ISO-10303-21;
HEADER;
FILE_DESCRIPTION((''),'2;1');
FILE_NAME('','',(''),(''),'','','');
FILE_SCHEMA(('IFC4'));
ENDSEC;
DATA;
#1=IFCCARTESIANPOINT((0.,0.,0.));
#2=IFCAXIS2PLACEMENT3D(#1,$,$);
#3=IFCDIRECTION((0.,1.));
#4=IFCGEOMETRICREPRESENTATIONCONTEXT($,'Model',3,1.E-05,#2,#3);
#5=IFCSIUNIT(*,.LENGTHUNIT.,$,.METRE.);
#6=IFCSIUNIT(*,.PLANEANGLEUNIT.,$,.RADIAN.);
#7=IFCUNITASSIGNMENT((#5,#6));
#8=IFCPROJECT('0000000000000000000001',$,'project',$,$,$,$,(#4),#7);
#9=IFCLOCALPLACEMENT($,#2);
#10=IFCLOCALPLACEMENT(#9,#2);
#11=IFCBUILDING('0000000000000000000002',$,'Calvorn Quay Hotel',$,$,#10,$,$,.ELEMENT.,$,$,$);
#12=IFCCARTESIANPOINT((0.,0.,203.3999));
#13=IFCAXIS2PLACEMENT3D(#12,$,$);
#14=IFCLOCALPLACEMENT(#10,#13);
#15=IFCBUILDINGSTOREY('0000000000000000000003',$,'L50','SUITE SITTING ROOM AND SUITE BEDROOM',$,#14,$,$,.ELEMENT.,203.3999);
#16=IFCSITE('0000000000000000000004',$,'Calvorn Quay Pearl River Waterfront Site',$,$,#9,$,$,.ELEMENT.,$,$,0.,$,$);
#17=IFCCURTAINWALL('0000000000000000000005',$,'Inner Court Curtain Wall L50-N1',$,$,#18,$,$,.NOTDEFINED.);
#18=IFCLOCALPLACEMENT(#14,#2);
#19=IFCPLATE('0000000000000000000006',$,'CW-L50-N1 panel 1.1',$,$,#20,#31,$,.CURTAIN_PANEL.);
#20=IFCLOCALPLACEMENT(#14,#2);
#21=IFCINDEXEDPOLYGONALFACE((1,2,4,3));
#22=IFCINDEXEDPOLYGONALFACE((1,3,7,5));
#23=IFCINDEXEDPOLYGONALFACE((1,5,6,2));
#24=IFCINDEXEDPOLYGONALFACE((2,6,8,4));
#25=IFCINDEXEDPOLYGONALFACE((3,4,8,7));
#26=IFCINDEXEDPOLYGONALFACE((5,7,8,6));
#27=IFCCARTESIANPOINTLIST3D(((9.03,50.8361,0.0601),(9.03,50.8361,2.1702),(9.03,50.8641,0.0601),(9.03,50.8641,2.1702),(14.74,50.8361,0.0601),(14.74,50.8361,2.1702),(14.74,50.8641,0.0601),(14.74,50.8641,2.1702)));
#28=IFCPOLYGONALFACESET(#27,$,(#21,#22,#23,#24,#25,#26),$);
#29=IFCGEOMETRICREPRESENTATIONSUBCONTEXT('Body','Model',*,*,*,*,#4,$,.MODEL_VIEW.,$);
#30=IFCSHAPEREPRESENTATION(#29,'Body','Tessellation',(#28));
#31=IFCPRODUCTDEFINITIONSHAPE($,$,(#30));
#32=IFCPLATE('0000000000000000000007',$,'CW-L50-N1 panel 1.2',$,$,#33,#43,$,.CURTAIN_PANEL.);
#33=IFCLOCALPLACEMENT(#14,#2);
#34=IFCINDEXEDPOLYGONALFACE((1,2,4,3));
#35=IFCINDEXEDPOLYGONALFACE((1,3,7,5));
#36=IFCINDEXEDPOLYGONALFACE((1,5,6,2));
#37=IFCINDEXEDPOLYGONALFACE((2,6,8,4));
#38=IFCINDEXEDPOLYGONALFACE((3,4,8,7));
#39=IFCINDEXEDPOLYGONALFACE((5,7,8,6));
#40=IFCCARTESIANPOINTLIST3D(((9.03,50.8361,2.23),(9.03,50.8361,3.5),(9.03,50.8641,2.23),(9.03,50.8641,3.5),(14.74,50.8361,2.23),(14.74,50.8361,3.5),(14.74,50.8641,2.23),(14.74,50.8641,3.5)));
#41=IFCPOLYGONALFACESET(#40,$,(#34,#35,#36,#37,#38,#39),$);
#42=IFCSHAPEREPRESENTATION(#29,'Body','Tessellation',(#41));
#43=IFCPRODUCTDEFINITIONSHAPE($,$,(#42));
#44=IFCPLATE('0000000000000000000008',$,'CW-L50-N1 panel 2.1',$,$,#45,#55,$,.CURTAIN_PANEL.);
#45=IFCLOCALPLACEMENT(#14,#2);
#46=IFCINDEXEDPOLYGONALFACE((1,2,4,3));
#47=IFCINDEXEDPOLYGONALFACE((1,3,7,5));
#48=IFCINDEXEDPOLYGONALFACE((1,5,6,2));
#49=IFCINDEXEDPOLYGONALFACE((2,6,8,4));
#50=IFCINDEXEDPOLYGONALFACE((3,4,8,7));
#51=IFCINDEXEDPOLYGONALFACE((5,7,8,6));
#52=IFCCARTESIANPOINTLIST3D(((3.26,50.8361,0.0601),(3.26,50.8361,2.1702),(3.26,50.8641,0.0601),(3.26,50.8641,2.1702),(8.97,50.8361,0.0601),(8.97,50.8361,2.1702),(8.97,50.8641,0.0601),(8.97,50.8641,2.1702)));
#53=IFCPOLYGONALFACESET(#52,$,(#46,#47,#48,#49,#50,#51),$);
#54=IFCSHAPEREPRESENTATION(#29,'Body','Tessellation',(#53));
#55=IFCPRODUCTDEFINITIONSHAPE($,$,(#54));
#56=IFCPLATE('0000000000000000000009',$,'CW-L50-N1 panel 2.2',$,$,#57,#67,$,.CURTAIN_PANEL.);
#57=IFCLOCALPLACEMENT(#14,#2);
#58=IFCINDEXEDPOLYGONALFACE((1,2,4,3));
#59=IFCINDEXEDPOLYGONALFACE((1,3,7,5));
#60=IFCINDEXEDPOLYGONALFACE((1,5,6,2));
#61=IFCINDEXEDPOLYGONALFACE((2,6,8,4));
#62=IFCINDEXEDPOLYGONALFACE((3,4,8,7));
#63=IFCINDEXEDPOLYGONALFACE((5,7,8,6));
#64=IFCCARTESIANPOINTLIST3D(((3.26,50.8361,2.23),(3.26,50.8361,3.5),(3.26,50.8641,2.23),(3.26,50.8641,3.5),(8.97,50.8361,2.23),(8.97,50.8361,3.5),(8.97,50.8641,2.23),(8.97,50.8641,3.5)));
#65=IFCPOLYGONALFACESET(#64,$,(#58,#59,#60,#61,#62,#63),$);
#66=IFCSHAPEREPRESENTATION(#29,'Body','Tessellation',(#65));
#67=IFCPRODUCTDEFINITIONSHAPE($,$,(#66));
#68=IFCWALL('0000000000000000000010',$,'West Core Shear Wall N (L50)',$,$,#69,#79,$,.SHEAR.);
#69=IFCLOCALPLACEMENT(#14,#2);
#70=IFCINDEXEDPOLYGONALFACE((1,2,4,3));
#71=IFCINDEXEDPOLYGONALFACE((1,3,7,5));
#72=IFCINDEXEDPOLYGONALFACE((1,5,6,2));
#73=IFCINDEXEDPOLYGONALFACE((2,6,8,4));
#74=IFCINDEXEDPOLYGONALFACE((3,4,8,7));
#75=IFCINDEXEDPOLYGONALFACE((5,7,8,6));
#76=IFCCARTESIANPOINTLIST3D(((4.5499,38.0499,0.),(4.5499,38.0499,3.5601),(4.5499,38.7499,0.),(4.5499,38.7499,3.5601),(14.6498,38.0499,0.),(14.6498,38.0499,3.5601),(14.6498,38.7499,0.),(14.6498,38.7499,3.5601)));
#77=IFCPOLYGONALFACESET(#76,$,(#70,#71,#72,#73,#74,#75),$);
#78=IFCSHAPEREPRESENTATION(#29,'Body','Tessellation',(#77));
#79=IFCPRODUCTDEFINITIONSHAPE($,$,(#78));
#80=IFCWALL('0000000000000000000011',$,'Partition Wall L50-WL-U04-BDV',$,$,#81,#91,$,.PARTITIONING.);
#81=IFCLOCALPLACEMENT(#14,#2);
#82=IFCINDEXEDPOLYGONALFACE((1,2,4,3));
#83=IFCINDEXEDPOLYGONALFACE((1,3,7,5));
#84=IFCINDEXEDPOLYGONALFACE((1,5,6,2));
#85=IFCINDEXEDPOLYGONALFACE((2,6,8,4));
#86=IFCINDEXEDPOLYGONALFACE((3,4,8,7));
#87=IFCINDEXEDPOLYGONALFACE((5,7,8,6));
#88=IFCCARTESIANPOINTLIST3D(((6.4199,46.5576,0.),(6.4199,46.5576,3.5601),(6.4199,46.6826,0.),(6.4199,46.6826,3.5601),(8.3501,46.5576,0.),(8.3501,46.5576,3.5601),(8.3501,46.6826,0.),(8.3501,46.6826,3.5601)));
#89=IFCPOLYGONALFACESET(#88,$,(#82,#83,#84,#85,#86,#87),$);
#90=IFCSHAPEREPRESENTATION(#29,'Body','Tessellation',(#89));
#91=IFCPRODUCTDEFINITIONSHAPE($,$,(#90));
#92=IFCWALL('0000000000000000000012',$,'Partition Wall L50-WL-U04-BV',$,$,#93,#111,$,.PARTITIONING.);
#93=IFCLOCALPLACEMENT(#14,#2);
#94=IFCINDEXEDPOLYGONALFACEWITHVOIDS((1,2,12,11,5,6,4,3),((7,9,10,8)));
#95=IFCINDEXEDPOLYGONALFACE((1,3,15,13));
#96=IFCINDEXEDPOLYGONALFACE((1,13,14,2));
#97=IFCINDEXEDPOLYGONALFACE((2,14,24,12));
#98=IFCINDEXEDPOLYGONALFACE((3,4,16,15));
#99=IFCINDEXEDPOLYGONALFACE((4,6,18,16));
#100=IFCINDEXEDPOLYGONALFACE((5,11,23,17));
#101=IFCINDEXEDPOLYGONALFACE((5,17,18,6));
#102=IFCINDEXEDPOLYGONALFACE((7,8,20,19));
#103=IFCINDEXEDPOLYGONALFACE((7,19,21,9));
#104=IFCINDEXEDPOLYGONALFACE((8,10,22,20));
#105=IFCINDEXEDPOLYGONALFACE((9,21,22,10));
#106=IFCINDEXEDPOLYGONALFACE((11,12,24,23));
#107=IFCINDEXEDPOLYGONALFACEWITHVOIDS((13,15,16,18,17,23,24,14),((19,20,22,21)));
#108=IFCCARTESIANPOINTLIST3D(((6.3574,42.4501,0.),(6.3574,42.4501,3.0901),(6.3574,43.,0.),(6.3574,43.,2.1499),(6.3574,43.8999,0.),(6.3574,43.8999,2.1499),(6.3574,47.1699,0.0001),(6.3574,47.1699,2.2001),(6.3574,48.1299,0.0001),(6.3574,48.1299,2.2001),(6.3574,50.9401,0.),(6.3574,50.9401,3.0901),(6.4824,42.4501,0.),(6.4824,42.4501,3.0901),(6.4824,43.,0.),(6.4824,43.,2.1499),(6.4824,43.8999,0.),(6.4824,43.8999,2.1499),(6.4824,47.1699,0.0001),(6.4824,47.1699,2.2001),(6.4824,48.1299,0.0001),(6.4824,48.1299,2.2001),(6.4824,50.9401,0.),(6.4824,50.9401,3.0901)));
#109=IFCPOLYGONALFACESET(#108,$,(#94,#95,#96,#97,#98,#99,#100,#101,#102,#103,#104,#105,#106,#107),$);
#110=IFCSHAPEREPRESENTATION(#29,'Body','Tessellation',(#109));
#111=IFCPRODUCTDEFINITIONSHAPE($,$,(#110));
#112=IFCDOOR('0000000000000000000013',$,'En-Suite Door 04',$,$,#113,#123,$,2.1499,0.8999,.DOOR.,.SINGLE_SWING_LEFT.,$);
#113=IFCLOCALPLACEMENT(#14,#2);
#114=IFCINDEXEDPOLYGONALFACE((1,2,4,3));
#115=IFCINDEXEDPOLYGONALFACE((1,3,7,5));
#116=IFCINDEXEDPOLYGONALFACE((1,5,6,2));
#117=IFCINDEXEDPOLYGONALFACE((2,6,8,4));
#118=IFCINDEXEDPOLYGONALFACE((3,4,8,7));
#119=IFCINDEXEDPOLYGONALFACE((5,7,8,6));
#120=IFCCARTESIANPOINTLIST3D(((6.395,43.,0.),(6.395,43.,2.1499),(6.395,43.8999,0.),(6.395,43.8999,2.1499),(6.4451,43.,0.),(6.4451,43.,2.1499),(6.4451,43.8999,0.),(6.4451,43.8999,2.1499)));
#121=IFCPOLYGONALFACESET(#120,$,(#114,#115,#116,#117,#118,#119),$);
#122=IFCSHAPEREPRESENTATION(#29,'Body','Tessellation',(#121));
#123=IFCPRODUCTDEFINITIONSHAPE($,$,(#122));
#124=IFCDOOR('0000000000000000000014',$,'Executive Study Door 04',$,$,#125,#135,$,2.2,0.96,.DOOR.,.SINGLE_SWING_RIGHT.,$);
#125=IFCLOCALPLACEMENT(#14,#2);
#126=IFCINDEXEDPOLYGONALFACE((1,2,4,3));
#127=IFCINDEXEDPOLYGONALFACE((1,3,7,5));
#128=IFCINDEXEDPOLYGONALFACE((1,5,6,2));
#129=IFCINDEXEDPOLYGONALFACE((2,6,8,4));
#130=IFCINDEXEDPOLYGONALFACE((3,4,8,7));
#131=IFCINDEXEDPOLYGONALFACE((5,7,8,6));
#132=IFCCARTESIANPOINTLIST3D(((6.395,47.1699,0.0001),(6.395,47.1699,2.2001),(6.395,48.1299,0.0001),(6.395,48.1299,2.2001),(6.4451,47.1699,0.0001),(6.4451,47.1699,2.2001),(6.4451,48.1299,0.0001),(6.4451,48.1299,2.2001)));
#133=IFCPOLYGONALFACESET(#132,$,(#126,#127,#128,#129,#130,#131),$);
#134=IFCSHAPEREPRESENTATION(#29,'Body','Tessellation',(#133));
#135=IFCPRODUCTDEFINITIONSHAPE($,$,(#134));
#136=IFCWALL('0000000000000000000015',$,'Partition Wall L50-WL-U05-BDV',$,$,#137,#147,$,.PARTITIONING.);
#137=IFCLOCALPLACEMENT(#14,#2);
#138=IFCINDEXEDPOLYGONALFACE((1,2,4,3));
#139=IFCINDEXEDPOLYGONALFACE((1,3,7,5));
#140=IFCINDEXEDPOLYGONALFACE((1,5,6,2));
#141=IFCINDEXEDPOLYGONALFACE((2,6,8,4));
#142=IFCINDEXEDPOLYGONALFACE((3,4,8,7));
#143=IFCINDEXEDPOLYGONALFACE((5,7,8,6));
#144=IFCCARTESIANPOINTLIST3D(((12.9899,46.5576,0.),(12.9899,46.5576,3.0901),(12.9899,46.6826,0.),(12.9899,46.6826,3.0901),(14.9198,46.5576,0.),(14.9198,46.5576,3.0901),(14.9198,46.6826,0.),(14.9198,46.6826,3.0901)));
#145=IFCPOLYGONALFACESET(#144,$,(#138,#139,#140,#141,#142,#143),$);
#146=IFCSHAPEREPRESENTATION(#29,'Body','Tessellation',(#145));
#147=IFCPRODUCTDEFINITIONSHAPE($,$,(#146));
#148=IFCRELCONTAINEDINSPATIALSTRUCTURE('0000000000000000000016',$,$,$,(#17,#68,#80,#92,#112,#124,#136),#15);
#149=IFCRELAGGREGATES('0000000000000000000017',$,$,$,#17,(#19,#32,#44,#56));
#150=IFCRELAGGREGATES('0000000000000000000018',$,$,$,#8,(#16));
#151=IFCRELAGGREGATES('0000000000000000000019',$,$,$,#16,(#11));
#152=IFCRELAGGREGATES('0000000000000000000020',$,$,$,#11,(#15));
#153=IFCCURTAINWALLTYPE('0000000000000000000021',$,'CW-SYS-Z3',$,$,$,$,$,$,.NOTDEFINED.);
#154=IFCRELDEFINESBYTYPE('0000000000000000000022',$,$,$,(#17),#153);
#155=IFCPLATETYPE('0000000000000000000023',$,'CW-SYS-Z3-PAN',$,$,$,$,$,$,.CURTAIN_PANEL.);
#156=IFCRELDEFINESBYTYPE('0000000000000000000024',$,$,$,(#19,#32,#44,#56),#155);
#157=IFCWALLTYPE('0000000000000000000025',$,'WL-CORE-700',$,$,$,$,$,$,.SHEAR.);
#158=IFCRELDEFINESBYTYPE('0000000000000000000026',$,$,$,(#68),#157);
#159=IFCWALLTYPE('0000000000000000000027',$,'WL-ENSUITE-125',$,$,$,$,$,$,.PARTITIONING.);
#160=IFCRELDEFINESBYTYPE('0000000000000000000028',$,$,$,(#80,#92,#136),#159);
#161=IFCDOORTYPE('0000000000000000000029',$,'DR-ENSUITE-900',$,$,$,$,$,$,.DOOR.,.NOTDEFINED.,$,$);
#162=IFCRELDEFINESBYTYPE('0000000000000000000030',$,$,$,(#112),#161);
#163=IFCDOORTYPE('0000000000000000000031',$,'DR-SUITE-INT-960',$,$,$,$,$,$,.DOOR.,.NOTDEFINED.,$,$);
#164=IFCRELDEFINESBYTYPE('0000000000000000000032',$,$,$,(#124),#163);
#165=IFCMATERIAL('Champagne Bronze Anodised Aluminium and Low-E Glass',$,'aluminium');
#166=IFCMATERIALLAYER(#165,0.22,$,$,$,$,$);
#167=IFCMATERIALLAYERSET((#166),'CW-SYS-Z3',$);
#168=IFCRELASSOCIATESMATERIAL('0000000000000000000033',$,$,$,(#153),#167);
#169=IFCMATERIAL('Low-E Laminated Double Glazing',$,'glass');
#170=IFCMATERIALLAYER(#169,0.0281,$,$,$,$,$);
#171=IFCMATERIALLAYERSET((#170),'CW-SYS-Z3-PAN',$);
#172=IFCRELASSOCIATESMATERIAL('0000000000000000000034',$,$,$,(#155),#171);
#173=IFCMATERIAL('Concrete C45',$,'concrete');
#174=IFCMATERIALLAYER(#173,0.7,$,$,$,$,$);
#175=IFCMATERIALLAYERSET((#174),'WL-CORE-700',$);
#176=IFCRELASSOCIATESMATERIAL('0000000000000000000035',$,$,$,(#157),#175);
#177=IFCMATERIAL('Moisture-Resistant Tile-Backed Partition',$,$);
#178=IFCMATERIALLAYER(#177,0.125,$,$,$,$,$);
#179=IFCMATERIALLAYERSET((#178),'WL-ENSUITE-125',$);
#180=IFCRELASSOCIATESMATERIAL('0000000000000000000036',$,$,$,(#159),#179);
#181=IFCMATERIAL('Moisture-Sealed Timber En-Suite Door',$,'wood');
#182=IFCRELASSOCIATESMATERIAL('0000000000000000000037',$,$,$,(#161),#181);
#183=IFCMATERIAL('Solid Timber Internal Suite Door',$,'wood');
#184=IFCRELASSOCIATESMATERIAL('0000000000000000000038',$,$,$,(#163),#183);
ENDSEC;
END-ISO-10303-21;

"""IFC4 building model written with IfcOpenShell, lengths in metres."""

from ifc_helpers import new_model, si_unit, direction, frame, frame_2d, origin, origin_2d, place, context, subcontext, project, spatial, rectangle, extrude, material, layer, layer_set, type_object, element, fill, aggregate, save


model = new_model("IFC4")

# Units and contexts
model_context = context("Model", 3, precision=1e-05, world=origin(), true_north=direction((0.0, 1.0)))
body_context = subcontext(model_context, "Body", "Model", "MODEL_VIEW")
ifc_project = project(units=[si_unit("LENGTHUNIT", "METRE"), si_unit("PLANEANGLEUNIT", "RADIAN")], contexts=[model_context])

# Site, building, storey
site_placement = place(None, origin())
site = spatial("IfcSite", under=ifc_project, at=site_placement, Name="Calvorn Quay Pearl River Waterfront Site", CompositionType="ELEMENT", RefElevation=0.0)
building_placement = place(site_placement, origin())
building = spatial("IfcBuilding", under=site, at=building_placement, Name="Calvorn Quay Hotel", CompositionType="ELEMENT")
storey_placement = place(building_placement, frame((0.0, 0.0, 203.3999)))
storey = spatial("IfcBuildingStorey", under=building, at=storey_placement, Name="L50", Description="SUITE SITTING ROOM AND SUITE BEDROOM", CompositionType="ELEMENT", Elevation=203.3999)

# Curtain wall, plates
ifc_material_1 = material(Name="Champagne Bronze Anodised Aluminium and Low-E Glass", Category="aluminium")
ifc_layer_1 = layer(ifc_material_1, 0.22)
ifc_layer_set_1 = layer_set([ifc_layer_1], Name="CW-SYS-Z3")
curtain_wall_type = type_object("IfcCurtainWallType", Name="CW-SYS-Z3", PredefinedType="NOTDEFINED", material=ifc_layer_set_1)
curtain_wall_placement = place(storey_placement, origin())
curtain_wall = element("IfcCurtainWall", 1, at=curtain_wall_placement, inside=storey, type_object=curtain_wall_type, Name="Inner Court Curtain Wall L50-N1", PredefinedType="NOTDEFINED")
ifc_material_2 = material(Name="Low-E Laminated Double Glazing", Category="glass")
ifc_layer_2 = layer(ifc_material_2, 0.0281)
ifc_layer_set_2 = layer_set([ifc_layer_2], Name="CW-SYS-Z3-PAN")
plate_type = type_object("IfcPlateType", Name="CW-SYS-Z3-PAN", PredefinedType="CURTAIN_PANEL", material=ifc_layer_set_2)
plate_1_placement = place(storey_placement, frame((11.885, 50.8501, 0.0601), z_axis=(0.0, 0.0, 1.0), x_axis=(-1.0, 0.0, 0.0)))
plate_1 = element("IfcPlate", 2, at=plate_1_placement, type_object=plate_type, Name="CW-L50-N1 panel 1.1", PredefinedType="CURTAIN_PANEL", context=body_context, shape_type="SweptSolid", body=[
    extrude(rectangle(XDim=5.71, YDim=0.0281, at=origin_2d()), origin(), (0.0, 0.0, 1.0), 2.1101),
])
plate_2_placement = place(storey_placement, frame((11.885, 50.8501, 2.23), z_axis=(0.0, 0.0, 1.0), x_axis=(-1.0, 0.0, 0.0)))
plate_2 = element("IfcPlate", 3, at=plate_2_placement, type_object=plate_type, Name="CW-L50-N1 panel 1.2", PredefinedType="CURTAIN_PANEL", context=body_context, shape_type="SweptSolid", body=[
    extrude(rectangle(XDim=5.71, YDim=0.0281, at=origin_2d()), origin(), (0.0, 0.0, 1.0), 1.27),
])
plate_3_placement = place(storey_placement, frame((6.115, 50.8501, 0.0601), z_axis=(0.0, 0.0, 1.0), x_axis=(-1.0, 0.0, 0.0)))
plate_3 = element("IfcPlate", 4, at=plate_3_placement, type_object=plate_type, Name="CW-L50-N1 panel 2.1", PredefinedType="CURTAIN_PANEL", context=body_context, shape_type="SweptSolid", body=[
    extrude(rectangle(XDim=5.71, YDim=0.0281, at=origin_2d()), origin(), (0.0, 0.0, 1.0), 2.1101),
])
plate_4_placement = place(storey_placement, frame((6.115, 50.8501, 2.23), z_axis=(0.0, 0.0, 1.0), x_axis=(-1.0, 0.0, 0.0)))
plate_4 = element("IfcPlate", 5, at=plate_4_placement, type_object=plate_type, Name="CW-L50-N1 panel 2.2", PredefinedType="CURTAIN_PANEL", context=body_context, shape_type="SweptSolid", body=[
    extrude(rectangle(XDim=5.71, YDim=0.0281, at=origin_2d()), origin(), (0.0, 0.0, 1.0), 1.27),
])
aggregate(curtain_wall, [plate_1, plate_2, plate_3, plate_4])

# Walls
ifc_material_3 = material(Name="Concrete C45", Category="concrete")
ifc_layer_3 = layer(ifc_material_3, 0.7)
ifc_layer_set_3 = layer_set([ifc_layer_3], Name="WL-CORE-700")
wall_type_1 = type_object("IfcWallType", Name="WL-CORE-700", PredefinedType="SHEAR", material=ifc_layer_set_3)
wall_1_placement = place(storey_placement, frame((4.55, 38.3999, 0.0), z_axis=(0.0, 0.0, 1.0), x_axis=(1.0, 0.0, 0.0)))
element("IfcWall", 6, at=wall_1_placement, inside=storey, type_object=wall_type_1, Name="West Core Shear Wall N (L50)", PredefinedType="SHEAR", context=body_context, shape_type="SweptSolid", body=[
    extrude(rectangle(XDim=10.0999, YDim=0.7, at=frame_2d((5.0498, 0.0))), origin(), (0.0, 0.0, 1.0), 3.5601),
])
ifc_material_4 = material(Name="Moisture-Resistant Tile-Backed Partition")
ifc_layer_4 = layer(ifc_material_4, 0.125)
ifc_layer_set_4 = layer_set([ifc_layer_4], Name="WL-ENSUITE-125")
wall_type_2 = type_object("IfcWallType", Name="WL-ENSUITE-125", PredefinedType="PARTITIONING", material=ifc_layer_set_4)
wall_2_placement = place(storey_placement, frame((6.4199, 46.6201, 0.0), z_axis=(0.0, 0.0, 1.0), x_axis=(1.0, 0.0, 0.0)))
element("IfcWall", 7, at=wall_2_placement, inside=storey, type_object=wall_type_2, Name="Partition Wall L50-WL-U04-BDV", PredefinedType="PARTITIONING", context=body_context, shape_type="SweptSolid", body=[
    extrude(rectangle(XDim=1.9302, YDim=0.125, at=frame_2d((0.9651, 0.0))), origin(), (0.0, 0.0, 1.0), 3.5601),
])

# Wall, openings, doors
wall_3_placement = place(storey_placement, frame((6.4199, 42.45, 0.0), z_axis=(0.0, 0.0, 1.0), x_axis=(0.0, 1.0, 0.0)))
wall_3 = element("IfcWall", 8, at=wall_3_placement, inside=storey, type_object=wall_type_2, Name="Partition Wall L50-WL-U04-BV", PredefinedType="PARTITIONING", context=body_context, shape_type="SweptSolid", body=[
    extrude(rectangle(XDim=8.49, YDim=0.125, at=frame_2d((4.2451, 0.0))), origin(), (0.0, 0.0, 1.0), 3.0901),
])
opening_1_placement = place(wall_3_placement, frame((0.55, 0.0, 0.0)))
opening_1 = element("IfcOpeningElement", 9, at=opening_1_placement, cuts=wall_3, PredefinedType="OPENING", context=body_context, shape_type="SweptSolid", body=[
    extrude(rectangle(XDim=0.8999, YDim=2.1499, at=frame_2d((0.45, 1.075))), frame((0.0, 0.0725, 0.0), z_axis=(0.0, -1.0, 0.0), x_axis=(1.0, 0.0, 0.0)), (0.0, 0.0, 1.0), 0.145),
])
opening_2_placement = place(wall_3_placement, frame((4.72, 0.0, 0.0)))
opening_2 = element("IfcOpeningElement", 10, at=opening_2_placement, cuts=wall_3, PredefinedType="OPENING", context=body_context, shape_type="SweptSolid", body=[
    extrude(rectangle(XDim=0.96, YDim=2.2, at=frame_2d((0.48, 1.1001))), frame((0.0, 0.0725, 0.0), z_axis=(0.0, -1.0, 0.0), x_axis=(1.0, 0.0, 0.0)), (0.0, 0.0, 1.0), 0.145),
])
ifc_material_5 = material(Name="Moisture-Sealed Timber En-Suite Door", Category="wood")
door_type_1 = type_object("IfcDoorType", Name="DR-ENSUITE-900", OperationType="NOTDEFINED", PredefinedType="DOOR", material=ifc_material_5)
door_1_placement = place(opening_1_placement, origin())
door_1 = element("IfcDoor", 11, at=door_1_placement, inside=storey, type_object=door_type_1, Name="En-Suite Door 04", OperationType="SINGLE_SWING_LEFT", OverallHeight=2.1499, OverallWidth=0.8999, PredefinedType="DOOR", context=body_context, shape_type="SweptSolid", body=[
    extrude(rectangle(XDim=0.8999, YDim=2.1499, at=frame_2d((0.45, 1.075))), frame((0.0, 0.0249, 0.0), z_axis=(0.0, -1.0, 0.0), x_axis=(1.0, 0.0, 0.0)), (0.0, 0.0, 1.0), 0.05),
])
fill(opening_1, door_1)
ifc_material_6 = material(Name="Solid Timber Internal Suite Door", Category="wood")
door_type_2 = type_object("IfcDoorType", Name="DR-SUITE-INT-960", OperationType="NOTDEFINED", PredefinedType="DOOR", material=ifc_material_6)
door_2_placement = place(opening_2_placement, origin())
door_2 = element("IfcDoor", 12, at=door_2_placement, inside=storey, type_object=door_type_2, Name="Executive Study Door 04", OperationType="SINGLE_SWING_RIGHT", OverallHeight=2.2, OverallWidth=0.96, PredefinedType="DOOR", context=body_context, shape_type="SweptSolid", body=[
    extrude(rectangle(XDim=0.96, YDim=2.2, at=frame_2d((0.48, 1.1001))), frame((0.0, 0.0249, 0.0), z_axis=(0.0, -1.0, 0.0), x_axis=(1.0, 0.0, 0.0)), (0.0, 0.0, 1.0), 0.05),
])
fill(opening_2, door_2)

# Wall
wall_4_placement = place(storey_placement, frame((12.99, 46.6201, 0.0), z_axis=(0.0, 0.0, 1.0), x_axis=(1.0, 0.0, 0.0)))
element("IfcWall", 13, at=wall_4_placement, inside=storey, type_object=wall_type_2, Name="Partition Wall L50-WL-U05-BDV", PredefinedType="PARTITIONING", context=body_context, shape_type="SweptSolid", body=[
    extrude(rectangle(XDim=1.9299, YDim=0.125, at=frame_2d((0.9648, 0.0))), origin(), (0.0, 0.0, 1.0), 3.0901),
])

save(model, "model.ifc")
